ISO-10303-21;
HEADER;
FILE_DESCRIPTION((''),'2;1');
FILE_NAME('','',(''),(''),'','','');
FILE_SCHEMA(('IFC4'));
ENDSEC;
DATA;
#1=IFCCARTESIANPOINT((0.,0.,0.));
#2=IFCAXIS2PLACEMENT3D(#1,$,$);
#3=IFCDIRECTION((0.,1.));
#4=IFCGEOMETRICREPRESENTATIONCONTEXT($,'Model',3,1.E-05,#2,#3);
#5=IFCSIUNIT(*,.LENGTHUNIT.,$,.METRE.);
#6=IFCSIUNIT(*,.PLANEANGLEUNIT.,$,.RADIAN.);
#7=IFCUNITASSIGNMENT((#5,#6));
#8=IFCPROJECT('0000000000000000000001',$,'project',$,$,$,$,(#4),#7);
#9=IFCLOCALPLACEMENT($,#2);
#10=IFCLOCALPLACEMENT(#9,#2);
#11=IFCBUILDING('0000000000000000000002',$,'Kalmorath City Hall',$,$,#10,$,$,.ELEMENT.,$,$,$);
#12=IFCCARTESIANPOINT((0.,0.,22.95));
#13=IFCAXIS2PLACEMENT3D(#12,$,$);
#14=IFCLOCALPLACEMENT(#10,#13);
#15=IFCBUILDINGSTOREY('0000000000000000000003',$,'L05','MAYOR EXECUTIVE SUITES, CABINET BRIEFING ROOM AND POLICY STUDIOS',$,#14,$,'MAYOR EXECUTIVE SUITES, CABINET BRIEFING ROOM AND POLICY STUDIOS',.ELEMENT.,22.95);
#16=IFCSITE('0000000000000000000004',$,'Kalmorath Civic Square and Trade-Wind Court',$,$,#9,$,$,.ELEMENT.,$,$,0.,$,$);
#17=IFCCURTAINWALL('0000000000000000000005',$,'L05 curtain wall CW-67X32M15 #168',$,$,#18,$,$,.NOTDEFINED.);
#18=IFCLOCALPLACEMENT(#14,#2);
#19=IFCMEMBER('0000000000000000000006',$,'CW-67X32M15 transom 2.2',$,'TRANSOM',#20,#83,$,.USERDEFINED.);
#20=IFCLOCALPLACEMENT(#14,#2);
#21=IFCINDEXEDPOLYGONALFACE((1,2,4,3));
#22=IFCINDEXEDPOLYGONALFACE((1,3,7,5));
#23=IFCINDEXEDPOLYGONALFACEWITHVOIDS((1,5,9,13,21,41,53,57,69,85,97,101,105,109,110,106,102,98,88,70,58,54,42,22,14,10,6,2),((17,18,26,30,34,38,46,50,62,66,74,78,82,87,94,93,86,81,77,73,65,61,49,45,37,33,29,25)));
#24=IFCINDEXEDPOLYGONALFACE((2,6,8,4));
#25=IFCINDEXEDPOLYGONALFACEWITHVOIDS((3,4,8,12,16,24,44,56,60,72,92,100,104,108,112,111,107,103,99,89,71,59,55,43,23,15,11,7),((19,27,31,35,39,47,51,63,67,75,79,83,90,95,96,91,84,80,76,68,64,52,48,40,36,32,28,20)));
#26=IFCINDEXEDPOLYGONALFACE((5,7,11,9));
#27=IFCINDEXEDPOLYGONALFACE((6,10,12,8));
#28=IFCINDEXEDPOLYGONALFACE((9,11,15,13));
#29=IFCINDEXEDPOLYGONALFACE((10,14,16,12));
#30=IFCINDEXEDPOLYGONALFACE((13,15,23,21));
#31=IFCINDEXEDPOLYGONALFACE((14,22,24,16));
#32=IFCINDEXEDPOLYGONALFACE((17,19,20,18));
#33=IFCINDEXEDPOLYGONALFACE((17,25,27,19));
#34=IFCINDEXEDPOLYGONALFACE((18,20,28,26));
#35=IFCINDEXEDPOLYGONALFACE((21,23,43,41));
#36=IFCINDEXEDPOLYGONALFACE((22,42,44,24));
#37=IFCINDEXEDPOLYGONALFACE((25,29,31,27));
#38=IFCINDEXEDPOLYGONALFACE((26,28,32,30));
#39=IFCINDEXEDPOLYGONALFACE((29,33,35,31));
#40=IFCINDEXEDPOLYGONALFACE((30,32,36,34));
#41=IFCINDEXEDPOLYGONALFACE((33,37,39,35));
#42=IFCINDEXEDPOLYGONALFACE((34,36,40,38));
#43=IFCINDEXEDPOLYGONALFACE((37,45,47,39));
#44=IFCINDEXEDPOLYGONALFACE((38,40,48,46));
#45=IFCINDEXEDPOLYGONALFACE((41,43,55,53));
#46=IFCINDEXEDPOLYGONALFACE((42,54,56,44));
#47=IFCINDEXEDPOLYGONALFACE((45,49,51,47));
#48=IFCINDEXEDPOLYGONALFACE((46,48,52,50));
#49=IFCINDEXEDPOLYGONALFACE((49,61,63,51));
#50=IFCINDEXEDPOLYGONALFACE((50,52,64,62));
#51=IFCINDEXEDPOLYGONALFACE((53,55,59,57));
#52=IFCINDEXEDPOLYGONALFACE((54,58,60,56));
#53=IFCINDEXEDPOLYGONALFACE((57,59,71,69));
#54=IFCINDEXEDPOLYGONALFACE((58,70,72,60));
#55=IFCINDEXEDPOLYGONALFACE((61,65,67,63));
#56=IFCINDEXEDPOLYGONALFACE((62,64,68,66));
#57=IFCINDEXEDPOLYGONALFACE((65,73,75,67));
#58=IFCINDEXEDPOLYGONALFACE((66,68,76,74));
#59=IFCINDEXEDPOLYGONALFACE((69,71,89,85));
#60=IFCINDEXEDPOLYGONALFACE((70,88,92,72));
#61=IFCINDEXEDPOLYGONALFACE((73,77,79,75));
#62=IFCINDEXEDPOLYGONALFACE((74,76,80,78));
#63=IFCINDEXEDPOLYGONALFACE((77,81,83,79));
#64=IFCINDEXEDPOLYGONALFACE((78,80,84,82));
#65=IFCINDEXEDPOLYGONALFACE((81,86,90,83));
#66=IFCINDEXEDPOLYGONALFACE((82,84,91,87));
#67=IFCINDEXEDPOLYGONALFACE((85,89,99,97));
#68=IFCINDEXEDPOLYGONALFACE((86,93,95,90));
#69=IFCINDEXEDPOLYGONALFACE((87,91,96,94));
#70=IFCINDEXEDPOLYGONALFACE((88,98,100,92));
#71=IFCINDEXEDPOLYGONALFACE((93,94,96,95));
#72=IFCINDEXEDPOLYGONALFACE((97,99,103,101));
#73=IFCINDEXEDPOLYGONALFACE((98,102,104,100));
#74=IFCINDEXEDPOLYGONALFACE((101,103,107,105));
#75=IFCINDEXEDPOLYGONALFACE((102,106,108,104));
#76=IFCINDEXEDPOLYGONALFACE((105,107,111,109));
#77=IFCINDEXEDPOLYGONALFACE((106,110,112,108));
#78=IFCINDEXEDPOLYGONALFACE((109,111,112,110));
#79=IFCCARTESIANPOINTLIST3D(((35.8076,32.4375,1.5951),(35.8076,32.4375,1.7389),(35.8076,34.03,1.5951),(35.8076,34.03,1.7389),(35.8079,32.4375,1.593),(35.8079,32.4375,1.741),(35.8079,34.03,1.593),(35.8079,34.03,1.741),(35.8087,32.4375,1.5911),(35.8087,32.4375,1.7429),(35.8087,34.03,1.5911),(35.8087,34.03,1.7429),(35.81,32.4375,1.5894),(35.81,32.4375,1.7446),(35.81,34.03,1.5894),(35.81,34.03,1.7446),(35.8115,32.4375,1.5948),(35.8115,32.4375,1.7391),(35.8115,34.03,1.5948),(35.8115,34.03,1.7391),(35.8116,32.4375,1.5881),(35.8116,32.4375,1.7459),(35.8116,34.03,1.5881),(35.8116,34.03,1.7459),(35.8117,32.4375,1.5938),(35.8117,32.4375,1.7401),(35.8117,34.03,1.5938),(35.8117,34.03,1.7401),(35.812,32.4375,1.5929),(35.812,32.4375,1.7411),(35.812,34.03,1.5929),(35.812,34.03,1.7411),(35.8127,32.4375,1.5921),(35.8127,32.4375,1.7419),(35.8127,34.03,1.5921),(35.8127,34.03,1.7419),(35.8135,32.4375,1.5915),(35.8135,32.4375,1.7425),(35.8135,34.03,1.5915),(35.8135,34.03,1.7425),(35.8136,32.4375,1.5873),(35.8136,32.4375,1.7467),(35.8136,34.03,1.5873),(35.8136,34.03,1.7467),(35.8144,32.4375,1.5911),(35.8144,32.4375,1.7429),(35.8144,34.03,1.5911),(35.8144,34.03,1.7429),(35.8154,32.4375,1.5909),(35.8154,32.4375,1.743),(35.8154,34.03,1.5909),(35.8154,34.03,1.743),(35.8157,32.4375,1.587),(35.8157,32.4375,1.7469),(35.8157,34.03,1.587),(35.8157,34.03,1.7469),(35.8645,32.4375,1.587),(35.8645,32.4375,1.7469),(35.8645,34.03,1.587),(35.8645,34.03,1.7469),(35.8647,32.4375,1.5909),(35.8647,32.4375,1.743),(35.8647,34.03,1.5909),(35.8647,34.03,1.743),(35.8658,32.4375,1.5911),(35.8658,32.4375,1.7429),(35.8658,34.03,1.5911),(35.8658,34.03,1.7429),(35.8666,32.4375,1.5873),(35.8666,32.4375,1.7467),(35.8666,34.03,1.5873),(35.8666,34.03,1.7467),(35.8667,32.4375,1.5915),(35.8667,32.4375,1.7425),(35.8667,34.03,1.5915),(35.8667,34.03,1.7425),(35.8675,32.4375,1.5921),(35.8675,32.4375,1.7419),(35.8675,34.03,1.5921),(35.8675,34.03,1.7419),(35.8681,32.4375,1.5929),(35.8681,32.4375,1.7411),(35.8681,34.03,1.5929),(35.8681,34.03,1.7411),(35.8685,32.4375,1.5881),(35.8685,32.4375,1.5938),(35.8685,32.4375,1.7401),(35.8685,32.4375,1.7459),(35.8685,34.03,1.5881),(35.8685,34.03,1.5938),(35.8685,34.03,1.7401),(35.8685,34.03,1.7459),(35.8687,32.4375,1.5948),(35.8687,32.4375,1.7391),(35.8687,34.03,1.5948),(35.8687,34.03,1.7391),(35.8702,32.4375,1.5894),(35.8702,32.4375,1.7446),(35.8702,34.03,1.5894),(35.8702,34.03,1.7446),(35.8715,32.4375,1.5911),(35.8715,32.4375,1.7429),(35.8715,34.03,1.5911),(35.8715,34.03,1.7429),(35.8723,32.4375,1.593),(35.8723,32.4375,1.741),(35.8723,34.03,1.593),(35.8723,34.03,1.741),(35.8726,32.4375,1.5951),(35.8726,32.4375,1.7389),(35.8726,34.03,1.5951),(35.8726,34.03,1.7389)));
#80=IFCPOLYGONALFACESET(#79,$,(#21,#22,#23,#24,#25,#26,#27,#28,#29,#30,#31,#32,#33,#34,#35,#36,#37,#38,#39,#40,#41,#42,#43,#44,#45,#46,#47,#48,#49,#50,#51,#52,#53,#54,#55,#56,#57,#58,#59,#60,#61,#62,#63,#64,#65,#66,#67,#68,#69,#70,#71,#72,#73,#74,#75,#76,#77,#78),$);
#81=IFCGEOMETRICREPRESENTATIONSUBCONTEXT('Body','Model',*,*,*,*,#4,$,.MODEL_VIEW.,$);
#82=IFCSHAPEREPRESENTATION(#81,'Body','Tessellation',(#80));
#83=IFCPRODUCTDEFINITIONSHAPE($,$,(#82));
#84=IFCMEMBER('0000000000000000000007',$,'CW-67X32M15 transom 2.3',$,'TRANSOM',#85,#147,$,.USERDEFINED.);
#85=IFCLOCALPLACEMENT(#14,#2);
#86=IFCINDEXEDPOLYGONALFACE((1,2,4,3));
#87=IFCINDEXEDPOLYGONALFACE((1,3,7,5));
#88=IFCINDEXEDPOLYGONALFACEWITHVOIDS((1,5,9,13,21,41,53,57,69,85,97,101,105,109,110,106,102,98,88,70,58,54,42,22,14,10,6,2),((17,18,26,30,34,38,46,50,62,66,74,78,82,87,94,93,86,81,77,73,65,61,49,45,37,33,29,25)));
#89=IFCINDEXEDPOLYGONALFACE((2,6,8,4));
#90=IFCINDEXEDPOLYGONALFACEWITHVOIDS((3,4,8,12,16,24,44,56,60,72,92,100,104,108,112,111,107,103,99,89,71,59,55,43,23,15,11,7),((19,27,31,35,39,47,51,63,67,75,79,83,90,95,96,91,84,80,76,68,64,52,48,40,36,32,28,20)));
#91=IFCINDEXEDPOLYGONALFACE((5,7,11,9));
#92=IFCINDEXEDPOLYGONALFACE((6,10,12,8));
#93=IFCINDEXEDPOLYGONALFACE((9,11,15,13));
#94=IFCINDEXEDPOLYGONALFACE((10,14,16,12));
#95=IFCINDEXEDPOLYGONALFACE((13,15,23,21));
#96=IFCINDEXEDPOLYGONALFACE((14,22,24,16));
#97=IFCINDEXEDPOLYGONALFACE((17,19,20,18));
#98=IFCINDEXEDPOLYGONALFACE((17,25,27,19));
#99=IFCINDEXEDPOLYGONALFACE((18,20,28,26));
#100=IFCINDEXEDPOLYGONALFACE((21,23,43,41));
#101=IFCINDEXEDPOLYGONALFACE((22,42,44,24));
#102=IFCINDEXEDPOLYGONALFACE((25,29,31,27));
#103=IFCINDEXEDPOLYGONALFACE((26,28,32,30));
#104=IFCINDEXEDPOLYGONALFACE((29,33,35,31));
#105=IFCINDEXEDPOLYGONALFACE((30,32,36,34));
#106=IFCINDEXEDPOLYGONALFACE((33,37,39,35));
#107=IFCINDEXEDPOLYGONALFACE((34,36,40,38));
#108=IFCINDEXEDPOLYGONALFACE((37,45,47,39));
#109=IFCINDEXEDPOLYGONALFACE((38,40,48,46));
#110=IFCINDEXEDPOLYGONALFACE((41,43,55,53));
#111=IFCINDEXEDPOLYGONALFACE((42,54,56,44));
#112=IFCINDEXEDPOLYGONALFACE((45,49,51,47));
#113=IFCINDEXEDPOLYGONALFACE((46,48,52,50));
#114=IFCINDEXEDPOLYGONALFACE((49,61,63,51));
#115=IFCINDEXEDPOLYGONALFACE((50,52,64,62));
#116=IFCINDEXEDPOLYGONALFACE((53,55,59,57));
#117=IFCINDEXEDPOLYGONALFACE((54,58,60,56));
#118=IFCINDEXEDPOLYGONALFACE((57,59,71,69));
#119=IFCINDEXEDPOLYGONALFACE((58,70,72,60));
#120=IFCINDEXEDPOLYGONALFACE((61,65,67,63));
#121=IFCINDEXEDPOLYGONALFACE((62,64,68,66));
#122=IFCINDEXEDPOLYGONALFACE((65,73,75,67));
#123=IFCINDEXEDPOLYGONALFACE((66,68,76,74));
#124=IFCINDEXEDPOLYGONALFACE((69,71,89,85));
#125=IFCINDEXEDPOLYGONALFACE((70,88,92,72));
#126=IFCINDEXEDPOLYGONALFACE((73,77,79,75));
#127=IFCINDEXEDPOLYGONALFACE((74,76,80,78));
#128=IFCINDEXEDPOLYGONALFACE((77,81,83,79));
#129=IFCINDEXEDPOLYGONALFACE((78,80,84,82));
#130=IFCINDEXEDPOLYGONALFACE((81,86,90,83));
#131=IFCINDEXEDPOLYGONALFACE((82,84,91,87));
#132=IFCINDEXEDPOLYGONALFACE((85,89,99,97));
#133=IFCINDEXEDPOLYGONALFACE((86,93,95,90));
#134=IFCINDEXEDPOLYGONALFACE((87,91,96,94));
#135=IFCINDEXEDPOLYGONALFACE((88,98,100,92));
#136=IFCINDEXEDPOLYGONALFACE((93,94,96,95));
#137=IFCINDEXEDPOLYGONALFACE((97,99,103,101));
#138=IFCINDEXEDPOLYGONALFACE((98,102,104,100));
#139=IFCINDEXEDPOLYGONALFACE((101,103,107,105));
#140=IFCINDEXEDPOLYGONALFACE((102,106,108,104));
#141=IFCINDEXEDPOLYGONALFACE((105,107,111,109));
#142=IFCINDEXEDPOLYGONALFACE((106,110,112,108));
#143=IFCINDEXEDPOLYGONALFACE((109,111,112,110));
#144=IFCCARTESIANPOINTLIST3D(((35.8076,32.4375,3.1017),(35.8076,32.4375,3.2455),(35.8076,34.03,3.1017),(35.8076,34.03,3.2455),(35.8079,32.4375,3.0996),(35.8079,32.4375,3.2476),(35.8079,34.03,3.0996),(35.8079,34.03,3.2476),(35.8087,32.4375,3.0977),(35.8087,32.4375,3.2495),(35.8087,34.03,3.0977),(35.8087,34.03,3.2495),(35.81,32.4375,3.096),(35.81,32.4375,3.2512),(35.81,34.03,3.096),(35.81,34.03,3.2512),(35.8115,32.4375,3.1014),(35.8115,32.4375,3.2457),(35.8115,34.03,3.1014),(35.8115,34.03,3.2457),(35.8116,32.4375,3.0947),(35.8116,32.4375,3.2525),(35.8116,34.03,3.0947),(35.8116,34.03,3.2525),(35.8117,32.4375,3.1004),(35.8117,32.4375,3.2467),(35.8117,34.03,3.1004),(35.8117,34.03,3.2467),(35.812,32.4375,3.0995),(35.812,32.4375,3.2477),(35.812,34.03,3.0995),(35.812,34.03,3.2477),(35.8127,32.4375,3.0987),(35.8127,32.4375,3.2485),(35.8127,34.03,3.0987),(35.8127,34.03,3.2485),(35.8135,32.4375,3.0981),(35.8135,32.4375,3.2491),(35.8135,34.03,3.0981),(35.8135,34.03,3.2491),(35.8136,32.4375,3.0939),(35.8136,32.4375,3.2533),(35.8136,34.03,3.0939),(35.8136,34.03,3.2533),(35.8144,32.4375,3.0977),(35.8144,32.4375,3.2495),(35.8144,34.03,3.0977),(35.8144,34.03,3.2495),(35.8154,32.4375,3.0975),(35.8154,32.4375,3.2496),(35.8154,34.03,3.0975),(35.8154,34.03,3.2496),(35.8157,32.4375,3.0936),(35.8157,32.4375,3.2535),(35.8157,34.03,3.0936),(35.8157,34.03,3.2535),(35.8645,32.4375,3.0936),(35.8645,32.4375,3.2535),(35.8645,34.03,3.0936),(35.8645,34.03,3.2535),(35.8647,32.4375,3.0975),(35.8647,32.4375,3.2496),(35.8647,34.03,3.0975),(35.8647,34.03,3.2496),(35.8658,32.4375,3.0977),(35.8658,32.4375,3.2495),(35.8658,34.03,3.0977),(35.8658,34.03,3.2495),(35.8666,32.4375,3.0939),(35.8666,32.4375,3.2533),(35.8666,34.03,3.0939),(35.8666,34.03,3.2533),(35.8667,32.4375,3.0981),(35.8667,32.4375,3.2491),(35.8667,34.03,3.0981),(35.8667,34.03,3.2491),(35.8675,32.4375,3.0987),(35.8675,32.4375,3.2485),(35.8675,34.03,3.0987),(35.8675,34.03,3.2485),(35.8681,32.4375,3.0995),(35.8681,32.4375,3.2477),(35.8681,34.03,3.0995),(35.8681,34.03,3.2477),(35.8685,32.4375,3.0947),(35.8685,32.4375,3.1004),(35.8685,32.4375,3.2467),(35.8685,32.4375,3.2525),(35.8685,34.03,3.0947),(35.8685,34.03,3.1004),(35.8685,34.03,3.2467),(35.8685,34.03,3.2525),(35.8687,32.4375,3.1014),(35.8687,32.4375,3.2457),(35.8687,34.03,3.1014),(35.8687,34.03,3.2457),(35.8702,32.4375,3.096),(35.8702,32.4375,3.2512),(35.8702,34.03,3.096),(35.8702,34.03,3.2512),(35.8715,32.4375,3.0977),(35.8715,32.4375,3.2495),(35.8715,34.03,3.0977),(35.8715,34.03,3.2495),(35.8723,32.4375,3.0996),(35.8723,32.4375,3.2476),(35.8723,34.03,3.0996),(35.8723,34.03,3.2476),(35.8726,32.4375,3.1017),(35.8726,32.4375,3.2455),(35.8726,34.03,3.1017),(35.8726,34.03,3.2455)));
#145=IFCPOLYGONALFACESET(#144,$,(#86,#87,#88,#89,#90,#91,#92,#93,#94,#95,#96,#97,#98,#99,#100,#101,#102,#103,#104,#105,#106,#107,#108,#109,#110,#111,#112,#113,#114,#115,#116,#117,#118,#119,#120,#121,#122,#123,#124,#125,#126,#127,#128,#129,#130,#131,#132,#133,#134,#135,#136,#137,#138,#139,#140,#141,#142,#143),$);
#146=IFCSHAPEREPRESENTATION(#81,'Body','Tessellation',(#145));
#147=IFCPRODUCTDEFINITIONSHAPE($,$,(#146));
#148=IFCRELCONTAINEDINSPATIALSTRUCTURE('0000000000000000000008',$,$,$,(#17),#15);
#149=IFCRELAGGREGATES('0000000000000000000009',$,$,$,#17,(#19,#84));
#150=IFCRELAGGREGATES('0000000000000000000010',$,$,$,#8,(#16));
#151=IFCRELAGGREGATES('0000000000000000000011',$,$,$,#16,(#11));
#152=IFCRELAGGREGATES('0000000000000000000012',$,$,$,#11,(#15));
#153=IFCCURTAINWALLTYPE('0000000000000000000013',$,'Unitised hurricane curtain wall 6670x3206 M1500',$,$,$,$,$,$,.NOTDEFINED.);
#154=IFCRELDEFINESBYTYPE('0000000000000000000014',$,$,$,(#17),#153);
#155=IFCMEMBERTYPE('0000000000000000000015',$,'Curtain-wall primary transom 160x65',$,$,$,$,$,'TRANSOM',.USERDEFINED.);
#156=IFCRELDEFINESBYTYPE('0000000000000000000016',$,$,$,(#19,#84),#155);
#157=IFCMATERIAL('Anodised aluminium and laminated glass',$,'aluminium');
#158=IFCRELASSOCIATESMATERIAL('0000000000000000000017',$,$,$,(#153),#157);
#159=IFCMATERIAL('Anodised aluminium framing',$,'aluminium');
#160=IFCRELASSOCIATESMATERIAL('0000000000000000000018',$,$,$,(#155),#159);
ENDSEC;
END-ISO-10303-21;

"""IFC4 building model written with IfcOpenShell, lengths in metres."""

from ifc_helpers import new_model, si_unit, direction, frame, origin, origin_2d, place, context, subcontext, project, spatial, hollow_rectangle, extrude, material, material_profile, profile_set, type_object, element, aggregate, save


model = new_model("IFC4")

# Units and contexts
model_context = context("Model", 3, precision=1e-05, world=origin(), true_north=direction((0.0, 1.0)))
body_context = subcontext(model_context, "Body", "Model", "MODEL_VIEW")
ifc_project = project(units=[si_unit("LENGTHUNIT", "METRE"), si_unit("PLANEANGLEUNIT", "RADIAN")], contexts=[model_context])

# Site, building, storey
site_placement = place(None, origin())
site = spatial("IfcSite", under=ifc_project, at=site_placement, Name="Kalmorath Civic Square and Trade-Wind Court", CompositionType="ELEMENT", RefElevation=0.0)
building_placement = place(site_placement, origin())
building = spatial("IfcBuilding", under=site, at=building_placement, Name="Kalmorath City Hall", CompositionType="ELEMENT")
storey_placement = place(building_placement, frame((0.0, 0.0, 22.95)))
storey = spatial("IfcBuildingStorey", under=building, at=storey_placement, Name="L05", Description="MAYOR EXECUTIVE SUITES, CABINET BRIEFING ROOM AND POLICY STUDIOS", LongName="MAYOR EXECUTIVE SUITES, CABINET BRIEFING ROOM AND POLICY STUDIOS", CompositionType="ELEMENT", Elevation=22.95)

# Curtain wall, members
ifc_material_1 = material(Name="Anodised aluminium and laminated glass", Category="aluminium")
curtain_wall_type = type_object("IfcCurtainWallType", Name="Unitised hurricane curtain wall 6670x3206 M1500", PredefinedType="NOTDEFINED", material=ifc_material_1)
curtain_wall_placement = place(storey_placement, origin())
curtain_wall = element("IfcCurtainWall", 1, at=curtain_wall_placement, inside=storey, type_object=curtain_wall_type, Name="L05 curtain wall CW-67X32M15 #168", PredefinedType="NOTDEFINED")
ifc_material_2 = material(Name="Anodised aluminium framing", Category="aluminium")
ifc_material_profile_1 = material_profile(ifc_material_2, hollow_rectangle(XDim=0.0649, YDim=0.1599, WallThickness=0.0039, InnerFilletRadius=0.0039, OuterFilletRadius=0.0081, at=origin_2d()), Name="ALU-TRN-160X65X4")
ifc_profile_set_1 = profile_set([ifc_material_profile_1], Name="Anodised aluminium framing")
member_type_1 = type_object("IfcMemberType", Name="Curtain-wall primary transom 160x65", ElementType="TRANSOM", PredefinedType="USERDEFINED", material=ifc_profile_set_1)
member_1_placement = place(storey_placement, frame((35.8401, 34.03, 1.667), z_axis=(0.0, -1.0, 0.0), x_axis=(1.0, 0.0, 0.0)))
member_1 = element("IfcMember", 2, at=member_1_placement, type_object=member_type_1, Name="CW-67X32M15 transom 2.2", ObjectType="TRANSOM", PredefinedType="USERDEFINED", context=body_context, shape_type="SweptSolid", body=[
    extrude(hollow_rectangle(XDim=0.0649, YDim=0.1599, WallThickness=0.0039, InnerFilletRadius=0.0039, OuterFilletRadius=0.0081, at=origin_2d()), origin(), (0.0, 0.0, 1.0), 1.5925),
])
member_2_placement = place(storey_placement, frame((35.8401, 34.03, 3.1736), z_axis=(0.0, -1.0, 0.0), x_axis=(1.0, 0.0, 0.0)))
member_2 = element("IfcMember", 3, at=member_2_placement, type_object=member_type_1, Name="CW-67X32M15 transom 2.3", ObjectType="TRANSOM", PredefinedType="USERDEFINED", context=body_context, shape_type="SweptSolid", body=[
    extrude(hollow_rectangle(XDim=0.0649, YDim=0.1599, WallThickness=0.0039, InnerFilletRadius=0.0039, OuterFilletRadius=0.0081, at=origin_2d()), origin(), (0.0, 0.0, 1.0), 1.5925),
])
aggregate(curtain_wall, [member_1, member_2])

save(model, "model.ifc")
